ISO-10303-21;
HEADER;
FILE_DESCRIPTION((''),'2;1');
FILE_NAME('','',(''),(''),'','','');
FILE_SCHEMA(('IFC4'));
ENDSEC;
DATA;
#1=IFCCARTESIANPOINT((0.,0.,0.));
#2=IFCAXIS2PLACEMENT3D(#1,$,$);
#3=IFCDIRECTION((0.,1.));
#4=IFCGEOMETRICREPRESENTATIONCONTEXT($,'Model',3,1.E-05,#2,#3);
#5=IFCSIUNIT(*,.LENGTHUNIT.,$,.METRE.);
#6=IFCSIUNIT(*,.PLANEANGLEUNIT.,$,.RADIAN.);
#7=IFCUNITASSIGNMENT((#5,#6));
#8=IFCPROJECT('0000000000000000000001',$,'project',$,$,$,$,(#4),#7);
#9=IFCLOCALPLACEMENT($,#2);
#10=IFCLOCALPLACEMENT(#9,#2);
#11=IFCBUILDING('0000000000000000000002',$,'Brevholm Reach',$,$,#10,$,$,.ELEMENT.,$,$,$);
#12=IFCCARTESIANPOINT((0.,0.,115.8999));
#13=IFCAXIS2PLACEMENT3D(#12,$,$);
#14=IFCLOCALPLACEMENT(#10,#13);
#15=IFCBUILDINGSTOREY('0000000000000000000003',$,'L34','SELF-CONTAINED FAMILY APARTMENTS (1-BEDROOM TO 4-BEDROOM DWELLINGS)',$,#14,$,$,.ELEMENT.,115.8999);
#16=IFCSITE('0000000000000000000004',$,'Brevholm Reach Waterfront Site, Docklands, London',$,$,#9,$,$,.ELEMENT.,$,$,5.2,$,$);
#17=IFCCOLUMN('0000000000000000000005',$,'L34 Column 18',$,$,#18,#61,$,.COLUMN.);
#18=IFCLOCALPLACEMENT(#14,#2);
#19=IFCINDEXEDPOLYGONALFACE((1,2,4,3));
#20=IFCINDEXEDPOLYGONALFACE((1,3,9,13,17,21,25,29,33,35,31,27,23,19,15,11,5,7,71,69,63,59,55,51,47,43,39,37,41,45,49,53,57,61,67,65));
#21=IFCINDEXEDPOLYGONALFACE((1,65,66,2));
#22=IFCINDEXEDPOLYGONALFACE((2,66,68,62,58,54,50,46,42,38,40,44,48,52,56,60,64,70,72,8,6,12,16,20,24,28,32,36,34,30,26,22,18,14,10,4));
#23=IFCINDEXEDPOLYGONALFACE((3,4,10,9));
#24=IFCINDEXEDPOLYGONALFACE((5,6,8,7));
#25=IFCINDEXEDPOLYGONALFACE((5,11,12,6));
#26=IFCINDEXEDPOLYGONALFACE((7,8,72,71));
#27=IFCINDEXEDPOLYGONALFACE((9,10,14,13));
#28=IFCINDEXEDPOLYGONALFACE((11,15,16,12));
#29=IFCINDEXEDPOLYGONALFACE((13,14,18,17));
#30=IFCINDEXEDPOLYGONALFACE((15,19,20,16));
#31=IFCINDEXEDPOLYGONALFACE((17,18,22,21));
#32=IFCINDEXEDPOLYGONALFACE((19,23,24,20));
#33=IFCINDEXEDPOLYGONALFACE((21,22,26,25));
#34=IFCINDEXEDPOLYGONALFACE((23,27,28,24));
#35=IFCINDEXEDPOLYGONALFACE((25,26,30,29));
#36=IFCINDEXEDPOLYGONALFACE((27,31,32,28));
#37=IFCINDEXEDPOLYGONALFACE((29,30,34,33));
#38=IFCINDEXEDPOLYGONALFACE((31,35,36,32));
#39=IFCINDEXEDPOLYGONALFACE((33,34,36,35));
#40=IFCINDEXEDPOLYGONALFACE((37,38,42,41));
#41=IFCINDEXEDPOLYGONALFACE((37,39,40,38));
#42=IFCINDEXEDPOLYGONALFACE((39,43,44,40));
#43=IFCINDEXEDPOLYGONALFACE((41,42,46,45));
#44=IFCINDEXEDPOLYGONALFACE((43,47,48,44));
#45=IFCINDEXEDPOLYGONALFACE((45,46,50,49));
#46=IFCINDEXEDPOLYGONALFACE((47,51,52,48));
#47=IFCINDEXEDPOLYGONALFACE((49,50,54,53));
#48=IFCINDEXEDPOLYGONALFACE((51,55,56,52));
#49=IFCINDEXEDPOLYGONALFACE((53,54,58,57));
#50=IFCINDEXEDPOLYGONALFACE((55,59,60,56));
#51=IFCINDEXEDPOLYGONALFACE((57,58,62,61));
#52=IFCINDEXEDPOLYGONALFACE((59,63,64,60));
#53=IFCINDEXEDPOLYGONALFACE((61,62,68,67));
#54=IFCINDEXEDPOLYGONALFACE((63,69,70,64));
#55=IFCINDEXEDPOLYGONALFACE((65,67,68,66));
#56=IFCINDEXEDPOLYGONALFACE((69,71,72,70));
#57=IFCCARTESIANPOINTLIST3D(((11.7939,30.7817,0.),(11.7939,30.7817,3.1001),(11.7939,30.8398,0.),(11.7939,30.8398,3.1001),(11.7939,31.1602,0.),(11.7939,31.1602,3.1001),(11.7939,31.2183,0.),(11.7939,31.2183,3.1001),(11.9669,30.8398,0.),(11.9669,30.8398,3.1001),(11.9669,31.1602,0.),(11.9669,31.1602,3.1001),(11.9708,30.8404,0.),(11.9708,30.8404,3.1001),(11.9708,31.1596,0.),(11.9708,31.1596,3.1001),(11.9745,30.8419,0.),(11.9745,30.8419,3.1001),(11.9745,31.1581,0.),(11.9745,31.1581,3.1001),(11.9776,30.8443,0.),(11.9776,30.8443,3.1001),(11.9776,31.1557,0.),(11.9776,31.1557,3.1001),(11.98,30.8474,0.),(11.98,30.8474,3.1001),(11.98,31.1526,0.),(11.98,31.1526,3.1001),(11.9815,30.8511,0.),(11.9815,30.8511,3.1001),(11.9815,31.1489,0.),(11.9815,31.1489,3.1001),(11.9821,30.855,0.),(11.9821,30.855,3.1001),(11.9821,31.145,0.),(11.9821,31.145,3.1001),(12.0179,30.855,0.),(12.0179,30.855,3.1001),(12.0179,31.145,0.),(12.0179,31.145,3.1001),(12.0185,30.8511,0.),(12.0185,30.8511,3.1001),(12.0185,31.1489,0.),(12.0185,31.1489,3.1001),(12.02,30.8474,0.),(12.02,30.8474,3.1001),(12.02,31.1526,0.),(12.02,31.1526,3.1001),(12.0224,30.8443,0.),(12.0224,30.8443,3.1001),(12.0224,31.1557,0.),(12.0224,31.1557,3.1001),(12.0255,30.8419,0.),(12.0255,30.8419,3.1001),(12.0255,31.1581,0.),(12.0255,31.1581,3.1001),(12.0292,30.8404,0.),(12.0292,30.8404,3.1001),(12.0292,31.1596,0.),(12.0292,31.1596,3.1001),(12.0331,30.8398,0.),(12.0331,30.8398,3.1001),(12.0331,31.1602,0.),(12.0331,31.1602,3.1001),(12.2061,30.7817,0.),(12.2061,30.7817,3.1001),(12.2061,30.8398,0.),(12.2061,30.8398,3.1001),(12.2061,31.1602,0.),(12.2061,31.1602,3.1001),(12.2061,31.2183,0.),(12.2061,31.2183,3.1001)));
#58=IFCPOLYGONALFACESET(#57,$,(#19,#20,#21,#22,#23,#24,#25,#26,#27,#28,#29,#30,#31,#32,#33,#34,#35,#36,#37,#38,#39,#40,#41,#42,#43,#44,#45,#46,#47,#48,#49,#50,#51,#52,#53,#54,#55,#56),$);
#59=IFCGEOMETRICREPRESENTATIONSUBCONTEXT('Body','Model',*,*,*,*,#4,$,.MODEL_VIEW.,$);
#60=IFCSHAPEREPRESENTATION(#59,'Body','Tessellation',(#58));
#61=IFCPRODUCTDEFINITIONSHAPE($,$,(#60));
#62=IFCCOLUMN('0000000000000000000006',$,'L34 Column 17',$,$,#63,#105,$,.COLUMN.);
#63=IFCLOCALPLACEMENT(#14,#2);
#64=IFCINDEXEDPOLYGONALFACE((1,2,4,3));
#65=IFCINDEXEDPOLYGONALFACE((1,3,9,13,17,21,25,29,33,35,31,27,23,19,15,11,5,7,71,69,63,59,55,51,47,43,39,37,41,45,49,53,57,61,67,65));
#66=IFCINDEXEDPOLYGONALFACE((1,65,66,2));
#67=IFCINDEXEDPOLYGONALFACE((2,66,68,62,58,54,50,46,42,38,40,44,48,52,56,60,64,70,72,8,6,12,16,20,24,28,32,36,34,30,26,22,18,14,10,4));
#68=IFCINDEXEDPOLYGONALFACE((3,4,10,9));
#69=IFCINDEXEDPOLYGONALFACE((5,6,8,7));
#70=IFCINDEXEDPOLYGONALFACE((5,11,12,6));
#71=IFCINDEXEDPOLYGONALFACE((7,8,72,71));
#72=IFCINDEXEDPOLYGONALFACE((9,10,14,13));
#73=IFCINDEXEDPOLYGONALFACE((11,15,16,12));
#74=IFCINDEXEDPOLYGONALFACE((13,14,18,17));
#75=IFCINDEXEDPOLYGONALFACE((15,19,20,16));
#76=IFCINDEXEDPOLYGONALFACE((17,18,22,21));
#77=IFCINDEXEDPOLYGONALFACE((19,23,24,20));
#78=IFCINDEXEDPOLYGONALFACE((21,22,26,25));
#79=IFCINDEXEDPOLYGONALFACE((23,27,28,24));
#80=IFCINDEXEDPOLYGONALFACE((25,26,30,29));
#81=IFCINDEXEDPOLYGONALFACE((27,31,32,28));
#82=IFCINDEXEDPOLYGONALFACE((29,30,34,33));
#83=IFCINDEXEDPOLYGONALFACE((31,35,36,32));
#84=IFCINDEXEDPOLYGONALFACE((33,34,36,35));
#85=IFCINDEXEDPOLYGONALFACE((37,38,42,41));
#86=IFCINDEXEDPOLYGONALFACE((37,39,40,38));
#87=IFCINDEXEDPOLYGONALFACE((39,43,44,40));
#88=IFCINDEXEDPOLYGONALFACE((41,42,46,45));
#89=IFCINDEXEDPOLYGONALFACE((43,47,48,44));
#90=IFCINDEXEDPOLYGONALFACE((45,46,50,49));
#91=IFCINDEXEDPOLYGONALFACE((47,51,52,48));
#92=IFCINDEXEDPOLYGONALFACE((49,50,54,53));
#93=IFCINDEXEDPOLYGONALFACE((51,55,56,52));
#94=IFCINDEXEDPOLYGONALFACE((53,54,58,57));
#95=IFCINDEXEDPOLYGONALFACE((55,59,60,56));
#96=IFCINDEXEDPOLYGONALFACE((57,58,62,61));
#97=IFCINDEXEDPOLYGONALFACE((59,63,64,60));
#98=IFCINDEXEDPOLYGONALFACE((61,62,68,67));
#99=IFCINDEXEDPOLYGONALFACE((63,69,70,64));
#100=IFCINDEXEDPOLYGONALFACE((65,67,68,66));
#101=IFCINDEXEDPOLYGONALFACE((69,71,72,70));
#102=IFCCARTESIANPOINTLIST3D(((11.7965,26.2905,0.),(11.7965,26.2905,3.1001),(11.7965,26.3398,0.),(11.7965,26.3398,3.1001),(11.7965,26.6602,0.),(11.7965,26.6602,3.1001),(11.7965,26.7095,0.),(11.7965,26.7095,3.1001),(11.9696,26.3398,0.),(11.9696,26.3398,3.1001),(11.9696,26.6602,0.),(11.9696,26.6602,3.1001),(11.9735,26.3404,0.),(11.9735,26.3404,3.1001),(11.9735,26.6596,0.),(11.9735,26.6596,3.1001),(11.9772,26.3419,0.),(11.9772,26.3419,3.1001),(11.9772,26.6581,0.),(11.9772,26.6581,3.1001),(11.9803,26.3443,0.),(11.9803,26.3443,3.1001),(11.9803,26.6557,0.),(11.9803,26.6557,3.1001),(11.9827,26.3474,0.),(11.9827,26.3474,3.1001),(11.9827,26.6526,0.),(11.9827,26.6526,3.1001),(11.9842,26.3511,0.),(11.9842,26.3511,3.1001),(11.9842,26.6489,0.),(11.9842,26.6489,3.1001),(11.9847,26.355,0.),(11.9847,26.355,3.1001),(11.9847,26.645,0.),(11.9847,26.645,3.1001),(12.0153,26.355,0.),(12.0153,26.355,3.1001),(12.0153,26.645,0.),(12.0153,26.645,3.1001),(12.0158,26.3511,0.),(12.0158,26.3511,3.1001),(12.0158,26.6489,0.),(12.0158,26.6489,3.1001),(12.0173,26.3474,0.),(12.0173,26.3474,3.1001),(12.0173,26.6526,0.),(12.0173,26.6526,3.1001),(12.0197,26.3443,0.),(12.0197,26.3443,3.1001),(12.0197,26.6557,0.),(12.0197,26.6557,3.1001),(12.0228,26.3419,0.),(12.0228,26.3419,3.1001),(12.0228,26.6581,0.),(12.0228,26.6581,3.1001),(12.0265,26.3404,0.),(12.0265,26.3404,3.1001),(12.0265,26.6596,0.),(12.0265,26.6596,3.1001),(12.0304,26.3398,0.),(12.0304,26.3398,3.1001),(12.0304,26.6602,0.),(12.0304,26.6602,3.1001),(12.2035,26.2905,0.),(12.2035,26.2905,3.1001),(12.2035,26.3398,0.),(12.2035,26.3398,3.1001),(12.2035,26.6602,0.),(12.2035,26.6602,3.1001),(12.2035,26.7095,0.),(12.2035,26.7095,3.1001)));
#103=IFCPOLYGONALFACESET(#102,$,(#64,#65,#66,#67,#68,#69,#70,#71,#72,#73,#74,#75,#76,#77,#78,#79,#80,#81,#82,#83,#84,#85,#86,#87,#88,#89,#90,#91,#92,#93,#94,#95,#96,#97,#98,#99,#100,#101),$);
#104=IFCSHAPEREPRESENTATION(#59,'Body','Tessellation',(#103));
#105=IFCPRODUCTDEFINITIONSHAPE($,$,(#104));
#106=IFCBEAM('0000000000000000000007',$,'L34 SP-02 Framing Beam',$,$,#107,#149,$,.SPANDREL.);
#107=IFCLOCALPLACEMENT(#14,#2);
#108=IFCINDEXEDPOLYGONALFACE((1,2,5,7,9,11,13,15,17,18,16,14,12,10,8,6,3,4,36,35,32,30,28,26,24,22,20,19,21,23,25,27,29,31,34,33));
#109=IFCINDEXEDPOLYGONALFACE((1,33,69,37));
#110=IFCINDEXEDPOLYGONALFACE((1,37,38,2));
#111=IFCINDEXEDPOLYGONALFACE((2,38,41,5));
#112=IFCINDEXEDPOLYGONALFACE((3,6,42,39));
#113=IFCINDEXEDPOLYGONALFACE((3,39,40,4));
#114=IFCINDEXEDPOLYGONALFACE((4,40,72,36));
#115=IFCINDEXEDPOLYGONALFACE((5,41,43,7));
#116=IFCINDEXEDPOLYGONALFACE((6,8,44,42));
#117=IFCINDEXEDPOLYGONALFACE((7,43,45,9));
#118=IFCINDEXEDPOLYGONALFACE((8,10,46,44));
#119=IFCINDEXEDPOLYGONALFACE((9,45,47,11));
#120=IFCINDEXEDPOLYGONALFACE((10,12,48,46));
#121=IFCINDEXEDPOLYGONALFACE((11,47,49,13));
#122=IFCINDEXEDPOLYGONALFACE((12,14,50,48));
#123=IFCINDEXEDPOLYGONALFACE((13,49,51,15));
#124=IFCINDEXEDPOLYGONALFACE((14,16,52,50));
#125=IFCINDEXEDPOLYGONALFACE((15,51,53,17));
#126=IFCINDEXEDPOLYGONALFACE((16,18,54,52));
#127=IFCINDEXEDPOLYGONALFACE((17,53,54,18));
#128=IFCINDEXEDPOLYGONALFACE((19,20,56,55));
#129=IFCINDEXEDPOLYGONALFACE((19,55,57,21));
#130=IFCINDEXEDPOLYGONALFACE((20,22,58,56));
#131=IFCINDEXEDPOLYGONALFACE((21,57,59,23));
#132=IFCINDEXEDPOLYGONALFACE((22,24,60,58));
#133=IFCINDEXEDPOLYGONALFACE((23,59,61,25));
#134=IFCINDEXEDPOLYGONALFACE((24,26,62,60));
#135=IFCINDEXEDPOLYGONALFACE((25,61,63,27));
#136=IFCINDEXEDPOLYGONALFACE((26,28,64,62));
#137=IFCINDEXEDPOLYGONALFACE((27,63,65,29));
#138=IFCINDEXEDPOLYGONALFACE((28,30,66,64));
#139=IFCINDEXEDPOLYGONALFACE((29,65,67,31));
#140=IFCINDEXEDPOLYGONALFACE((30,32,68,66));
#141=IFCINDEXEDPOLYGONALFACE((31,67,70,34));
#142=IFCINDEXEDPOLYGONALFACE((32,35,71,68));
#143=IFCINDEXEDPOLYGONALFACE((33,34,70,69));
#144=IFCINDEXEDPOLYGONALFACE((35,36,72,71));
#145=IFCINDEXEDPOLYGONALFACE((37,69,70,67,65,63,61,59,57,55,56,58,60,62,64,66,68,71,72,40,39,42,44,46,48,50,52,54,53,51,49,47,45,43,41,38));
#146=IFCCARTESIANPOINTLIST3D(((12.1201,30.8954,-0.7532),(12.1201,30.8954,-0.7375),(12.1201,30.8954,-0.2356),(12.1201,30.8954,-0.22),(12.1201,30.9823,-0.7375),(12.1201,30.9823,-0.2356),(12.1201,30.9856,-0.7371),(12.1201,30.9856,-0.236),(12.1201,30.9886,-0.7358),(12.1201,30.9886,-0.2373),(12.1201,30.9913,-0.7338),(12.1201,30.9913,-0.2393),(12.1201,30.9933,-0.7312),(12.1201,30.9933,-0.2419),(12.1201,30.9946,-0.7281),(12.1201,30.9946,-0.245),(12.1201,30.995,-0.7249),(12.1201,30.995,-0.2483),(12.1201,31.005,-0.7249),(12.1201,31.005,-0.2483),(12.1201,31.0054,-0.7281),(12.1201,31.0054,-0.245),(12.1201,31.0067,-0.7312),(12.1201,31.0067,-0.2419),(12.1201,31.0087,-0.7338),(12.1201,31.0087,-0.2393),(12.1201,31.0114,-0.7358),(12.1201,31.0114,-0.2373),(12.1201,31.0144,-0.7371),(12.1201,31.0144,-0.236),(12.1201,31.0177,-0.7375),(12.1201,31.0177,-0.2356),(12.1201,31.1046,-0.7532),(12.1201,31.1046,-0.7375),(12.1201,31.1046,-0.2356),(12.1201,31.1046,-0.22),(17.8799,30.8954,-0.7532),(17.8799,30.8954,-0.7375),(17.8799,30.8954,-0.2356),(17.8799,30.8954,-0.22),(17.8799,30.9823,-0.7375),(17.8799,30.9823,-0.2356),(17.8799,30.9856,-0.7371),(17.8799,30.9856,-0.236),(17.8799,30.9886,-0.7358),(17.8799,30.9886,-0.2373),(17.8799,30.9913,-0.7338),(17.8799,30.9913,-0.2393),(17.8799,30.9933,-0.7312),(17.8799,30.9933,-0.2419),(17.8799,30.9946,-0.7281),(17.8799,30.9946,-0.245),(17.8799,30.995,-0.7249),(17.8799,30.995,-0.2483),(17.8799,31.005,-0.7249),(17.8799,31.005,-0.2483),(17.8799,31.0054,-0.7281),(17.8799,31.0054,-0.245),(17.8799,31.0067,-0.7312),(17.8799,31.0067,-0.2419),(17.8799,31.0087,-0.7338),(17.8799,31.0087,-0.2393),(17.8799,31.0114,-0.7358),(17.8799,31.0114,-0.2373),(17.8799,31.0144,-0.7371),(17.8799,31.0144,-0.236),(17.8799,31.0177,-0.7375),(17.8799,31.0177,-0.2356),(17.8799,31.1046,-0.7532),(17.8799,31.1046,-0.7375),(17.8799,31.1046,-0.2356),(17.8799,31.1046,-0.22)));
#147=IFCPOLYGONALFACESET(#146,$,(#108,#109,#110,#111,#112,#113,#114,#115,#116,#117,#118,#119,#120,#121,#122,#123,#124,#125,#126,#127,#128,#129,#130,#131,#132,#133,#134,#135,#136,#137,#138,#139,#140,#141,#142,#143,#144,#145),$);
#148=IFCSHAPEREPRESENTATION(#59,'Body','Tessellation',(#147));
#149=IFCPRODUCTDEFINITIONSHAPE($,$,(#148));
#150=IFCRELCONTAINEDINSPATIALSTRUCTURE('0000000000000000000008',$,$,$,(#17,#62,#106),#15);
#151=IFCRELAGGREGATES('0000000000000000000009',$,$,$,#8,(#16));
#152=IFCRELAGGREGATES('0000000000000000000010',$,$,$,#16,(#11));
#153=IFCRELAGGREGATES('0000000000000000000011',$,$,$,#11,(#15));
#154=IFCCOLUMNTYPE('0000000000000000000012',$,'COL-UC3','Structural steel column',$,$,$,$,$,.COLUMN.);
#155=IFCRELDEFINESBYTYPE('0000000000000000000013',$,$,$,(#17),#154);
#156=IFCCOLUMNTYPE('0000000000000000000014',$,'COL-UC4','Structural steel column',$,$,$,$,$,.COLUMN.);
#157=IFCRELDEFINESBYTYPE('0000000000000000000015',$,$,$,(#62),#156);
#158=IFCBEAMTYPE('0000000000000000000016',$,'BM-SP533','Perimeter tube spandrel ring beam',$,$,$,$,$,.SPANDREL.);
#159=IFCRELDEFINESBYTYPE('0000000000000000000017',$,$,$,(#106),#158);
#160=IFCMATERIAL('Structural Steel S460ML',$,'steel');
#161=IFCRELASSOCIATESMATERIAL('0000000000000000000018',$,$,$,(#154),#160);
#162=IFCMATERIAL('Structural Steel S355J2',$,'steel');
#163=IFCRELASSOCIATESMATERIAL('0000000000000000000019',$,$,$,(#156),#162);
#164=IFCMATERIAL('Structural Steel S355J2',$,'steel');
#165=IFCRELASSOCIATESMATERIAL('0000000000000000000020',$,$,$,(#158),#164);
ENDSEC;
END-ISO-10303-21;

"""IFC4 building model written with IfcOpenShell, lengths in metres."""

from ifc_helpers import new_model, si_unit, direction, frame, origin, origin_2d, place, context, subcontext, project, spatial, i_section, extrude, material, material_profile, profile_set, type_object, element, save


model = new_model("IFC4")

# Units and contexts
model_context = context("Model", 3, precision=1e-05, world=origin(), true_north=direction((0.0, 1.0)))
body_context = subcontext(model_context, "Body", "Model", "MODEL_VIEW")
ifc_project = project(units=[si_unit("LENGTHUNIT", "METRE"), si_unit("PLANEANGLEUNIT", "RADIAN")], contexts=[model_context])

# Site, building, storey
site_placement = place(None, origin())
site = spatial("IfcSite", under=ifc_project, at=site_placement, Name="Brevholm Reach Waterfront Site, Docklands, London", CompositionType="ELEMENT", RefElevation=5.2)
building_placement = place(site_placement, origin())
building = spatial("IfcBuilding", under=site, at=building_placement, Name="Brevholm Reach", CompositionType="ELEMENT")
storey_placement = place(building_placement, frame((0.0, 0.0, 115.8999)))
storey = spatial("IfcBuildingStorey", under=building, at=storey_placement, Name="L34", Description="SELF-CONTAINED FAMILY APARTMENTS (1-BEDROOM TO 4-BEDROOM DWELLINGS)", CompositionType="ELEMENT", Elevation=115.8999)

# Columns
ifc_material_1 = material(Name="Structural Steel S460ML", Category="steel")
ifc_material_profile_1 = material_profile(ifc_material_1, i_section(OverallWidth=0.4121, OverallDepth=0.4365, WebThickness=0.0359, FlangeThickness=0.0581, FilletRadius=0.0151, at=origin_2d()), Name="UKC 356x406x467")
ifc_profile_set_1 = profile_set([ifc_material_profile_1], Name="Structural Steel S460ML")
column_type_1 = type_object("IfcColumnType", Name="COL-UC3", Description="Structural steel column", PredefinedType="COLUMN", material=ifc_profile_set_1)
column_1_placement = place(storey_placement, frame((12.0, 31.0, 0.0), z_axis=(0.0, 0.0, 1.0), x_axis=(1.0, 0.0, 0.0)))
element("IfcColumn", 1, at=column_1_placement, inside=storey, type_object=column_type_1, Name="L34 Column 18", PredefinedType="COLUMN", context=body_context, shape_type="SweptSolid", body=[
    extrude(i_section(OverallWidth=0.4121, OverallDepth=0.4365, WebThickness=0.0359, FlangeThickness=0.0581, FilletRadius=0.0151, at=origin_2d()), origin(), (0.0, 0.0, 1.0), 3.1001),
])
ifc_material_2 = material(Name="Structural Steel S355J2", Category="steel")
ifc_material_profile_2 = material_profile(ifc_material_2, i_section(OverallWidth=0.407, OverallDepth=0.4189, WebThickness=0.0305, FlangeThickness=0.0493, FilletRadius=0.0151, at=origin_2d()), Name="UKC 356x406x393")
ifc_profile_set_2 = profile_set([ifc_material_profile_2], Name="Structural Steel S355J2")
column_type_2 = type_object("IfcColumnType", Name="COL-UC4", Description="Structural steel column", PredefinedType="COLUMN", material=ifc_profile_set_2)
column_2_placement = place(storey_placement, frame((12.0, 26.5, 0.0), z_axis=(0.0, 0.0, 1.0), x_axis=(1.0, 0.0, 0.0)))
element("IfcColumn", 2, at=column_2_placement, inside=storey, type_object=column_type_2, Name="L34 Column 17", PredefinedType="COLUMN", context=body_context, shape_type="SweptSolid", body=[
    extrude(i_section(OverallWidth=0.407, OverallDepth=0.4189, WebThickness=0.0305, FlangeThickness=0.0493, FilletRadius=0.0151, at=origin_2d()), origin(), (0.0, 0.0, 1.0), 3.1001),
])

# Beam
ifc_material_3 = material(Name="Structural Steel S355J2", Category="steel")
ifc_material_profile_3 = material_profile(ifc_material_3, i_section(OverallWidth=0.2092, OverallDepth=0.5332, WebThickness=0.01, FlangeThickness=0.0156, FilletRadius=0.0127, at=origin_2d()), Name="UKB 533x210x92")
ifc_profile_set_3 = profile_set([ifc_material_profile_3], Name="Structural Steel S355J2")
beam_type_1 = type_object("IfcBeamType", Name="BM-SP533", Description="Perimeter tube spandrel ring beam", PredefinedType="SPANDREL", material=ifc_profile_set_3)
beam_1_placement = place(storey_placement, frame((12.1201, 31.0, -0.4866), z_axis=(1.0, 0.0, 0.0), x_axis=(0.0, 1.0, 0.0)))
element("IfcBeam", 3, at=beam_1_placement, inside=storey, type_object=beam_type_1, Name="L34 SP-02 Framing Beam", PredefinedType="SPANDREL", context=body_context, shape_type="SweptSolid", body=[
    extrude(i_section(OverallWidth=0.2092, OverallDepth=0.5332, WebThickness=0.01, FlangeThickness=0.0156, FilletRadius=0.0127, at=origin_2d()), origin(), (0.0, 0.0, 1.0), 5.7598),
])

save(model, "model.ifc")
